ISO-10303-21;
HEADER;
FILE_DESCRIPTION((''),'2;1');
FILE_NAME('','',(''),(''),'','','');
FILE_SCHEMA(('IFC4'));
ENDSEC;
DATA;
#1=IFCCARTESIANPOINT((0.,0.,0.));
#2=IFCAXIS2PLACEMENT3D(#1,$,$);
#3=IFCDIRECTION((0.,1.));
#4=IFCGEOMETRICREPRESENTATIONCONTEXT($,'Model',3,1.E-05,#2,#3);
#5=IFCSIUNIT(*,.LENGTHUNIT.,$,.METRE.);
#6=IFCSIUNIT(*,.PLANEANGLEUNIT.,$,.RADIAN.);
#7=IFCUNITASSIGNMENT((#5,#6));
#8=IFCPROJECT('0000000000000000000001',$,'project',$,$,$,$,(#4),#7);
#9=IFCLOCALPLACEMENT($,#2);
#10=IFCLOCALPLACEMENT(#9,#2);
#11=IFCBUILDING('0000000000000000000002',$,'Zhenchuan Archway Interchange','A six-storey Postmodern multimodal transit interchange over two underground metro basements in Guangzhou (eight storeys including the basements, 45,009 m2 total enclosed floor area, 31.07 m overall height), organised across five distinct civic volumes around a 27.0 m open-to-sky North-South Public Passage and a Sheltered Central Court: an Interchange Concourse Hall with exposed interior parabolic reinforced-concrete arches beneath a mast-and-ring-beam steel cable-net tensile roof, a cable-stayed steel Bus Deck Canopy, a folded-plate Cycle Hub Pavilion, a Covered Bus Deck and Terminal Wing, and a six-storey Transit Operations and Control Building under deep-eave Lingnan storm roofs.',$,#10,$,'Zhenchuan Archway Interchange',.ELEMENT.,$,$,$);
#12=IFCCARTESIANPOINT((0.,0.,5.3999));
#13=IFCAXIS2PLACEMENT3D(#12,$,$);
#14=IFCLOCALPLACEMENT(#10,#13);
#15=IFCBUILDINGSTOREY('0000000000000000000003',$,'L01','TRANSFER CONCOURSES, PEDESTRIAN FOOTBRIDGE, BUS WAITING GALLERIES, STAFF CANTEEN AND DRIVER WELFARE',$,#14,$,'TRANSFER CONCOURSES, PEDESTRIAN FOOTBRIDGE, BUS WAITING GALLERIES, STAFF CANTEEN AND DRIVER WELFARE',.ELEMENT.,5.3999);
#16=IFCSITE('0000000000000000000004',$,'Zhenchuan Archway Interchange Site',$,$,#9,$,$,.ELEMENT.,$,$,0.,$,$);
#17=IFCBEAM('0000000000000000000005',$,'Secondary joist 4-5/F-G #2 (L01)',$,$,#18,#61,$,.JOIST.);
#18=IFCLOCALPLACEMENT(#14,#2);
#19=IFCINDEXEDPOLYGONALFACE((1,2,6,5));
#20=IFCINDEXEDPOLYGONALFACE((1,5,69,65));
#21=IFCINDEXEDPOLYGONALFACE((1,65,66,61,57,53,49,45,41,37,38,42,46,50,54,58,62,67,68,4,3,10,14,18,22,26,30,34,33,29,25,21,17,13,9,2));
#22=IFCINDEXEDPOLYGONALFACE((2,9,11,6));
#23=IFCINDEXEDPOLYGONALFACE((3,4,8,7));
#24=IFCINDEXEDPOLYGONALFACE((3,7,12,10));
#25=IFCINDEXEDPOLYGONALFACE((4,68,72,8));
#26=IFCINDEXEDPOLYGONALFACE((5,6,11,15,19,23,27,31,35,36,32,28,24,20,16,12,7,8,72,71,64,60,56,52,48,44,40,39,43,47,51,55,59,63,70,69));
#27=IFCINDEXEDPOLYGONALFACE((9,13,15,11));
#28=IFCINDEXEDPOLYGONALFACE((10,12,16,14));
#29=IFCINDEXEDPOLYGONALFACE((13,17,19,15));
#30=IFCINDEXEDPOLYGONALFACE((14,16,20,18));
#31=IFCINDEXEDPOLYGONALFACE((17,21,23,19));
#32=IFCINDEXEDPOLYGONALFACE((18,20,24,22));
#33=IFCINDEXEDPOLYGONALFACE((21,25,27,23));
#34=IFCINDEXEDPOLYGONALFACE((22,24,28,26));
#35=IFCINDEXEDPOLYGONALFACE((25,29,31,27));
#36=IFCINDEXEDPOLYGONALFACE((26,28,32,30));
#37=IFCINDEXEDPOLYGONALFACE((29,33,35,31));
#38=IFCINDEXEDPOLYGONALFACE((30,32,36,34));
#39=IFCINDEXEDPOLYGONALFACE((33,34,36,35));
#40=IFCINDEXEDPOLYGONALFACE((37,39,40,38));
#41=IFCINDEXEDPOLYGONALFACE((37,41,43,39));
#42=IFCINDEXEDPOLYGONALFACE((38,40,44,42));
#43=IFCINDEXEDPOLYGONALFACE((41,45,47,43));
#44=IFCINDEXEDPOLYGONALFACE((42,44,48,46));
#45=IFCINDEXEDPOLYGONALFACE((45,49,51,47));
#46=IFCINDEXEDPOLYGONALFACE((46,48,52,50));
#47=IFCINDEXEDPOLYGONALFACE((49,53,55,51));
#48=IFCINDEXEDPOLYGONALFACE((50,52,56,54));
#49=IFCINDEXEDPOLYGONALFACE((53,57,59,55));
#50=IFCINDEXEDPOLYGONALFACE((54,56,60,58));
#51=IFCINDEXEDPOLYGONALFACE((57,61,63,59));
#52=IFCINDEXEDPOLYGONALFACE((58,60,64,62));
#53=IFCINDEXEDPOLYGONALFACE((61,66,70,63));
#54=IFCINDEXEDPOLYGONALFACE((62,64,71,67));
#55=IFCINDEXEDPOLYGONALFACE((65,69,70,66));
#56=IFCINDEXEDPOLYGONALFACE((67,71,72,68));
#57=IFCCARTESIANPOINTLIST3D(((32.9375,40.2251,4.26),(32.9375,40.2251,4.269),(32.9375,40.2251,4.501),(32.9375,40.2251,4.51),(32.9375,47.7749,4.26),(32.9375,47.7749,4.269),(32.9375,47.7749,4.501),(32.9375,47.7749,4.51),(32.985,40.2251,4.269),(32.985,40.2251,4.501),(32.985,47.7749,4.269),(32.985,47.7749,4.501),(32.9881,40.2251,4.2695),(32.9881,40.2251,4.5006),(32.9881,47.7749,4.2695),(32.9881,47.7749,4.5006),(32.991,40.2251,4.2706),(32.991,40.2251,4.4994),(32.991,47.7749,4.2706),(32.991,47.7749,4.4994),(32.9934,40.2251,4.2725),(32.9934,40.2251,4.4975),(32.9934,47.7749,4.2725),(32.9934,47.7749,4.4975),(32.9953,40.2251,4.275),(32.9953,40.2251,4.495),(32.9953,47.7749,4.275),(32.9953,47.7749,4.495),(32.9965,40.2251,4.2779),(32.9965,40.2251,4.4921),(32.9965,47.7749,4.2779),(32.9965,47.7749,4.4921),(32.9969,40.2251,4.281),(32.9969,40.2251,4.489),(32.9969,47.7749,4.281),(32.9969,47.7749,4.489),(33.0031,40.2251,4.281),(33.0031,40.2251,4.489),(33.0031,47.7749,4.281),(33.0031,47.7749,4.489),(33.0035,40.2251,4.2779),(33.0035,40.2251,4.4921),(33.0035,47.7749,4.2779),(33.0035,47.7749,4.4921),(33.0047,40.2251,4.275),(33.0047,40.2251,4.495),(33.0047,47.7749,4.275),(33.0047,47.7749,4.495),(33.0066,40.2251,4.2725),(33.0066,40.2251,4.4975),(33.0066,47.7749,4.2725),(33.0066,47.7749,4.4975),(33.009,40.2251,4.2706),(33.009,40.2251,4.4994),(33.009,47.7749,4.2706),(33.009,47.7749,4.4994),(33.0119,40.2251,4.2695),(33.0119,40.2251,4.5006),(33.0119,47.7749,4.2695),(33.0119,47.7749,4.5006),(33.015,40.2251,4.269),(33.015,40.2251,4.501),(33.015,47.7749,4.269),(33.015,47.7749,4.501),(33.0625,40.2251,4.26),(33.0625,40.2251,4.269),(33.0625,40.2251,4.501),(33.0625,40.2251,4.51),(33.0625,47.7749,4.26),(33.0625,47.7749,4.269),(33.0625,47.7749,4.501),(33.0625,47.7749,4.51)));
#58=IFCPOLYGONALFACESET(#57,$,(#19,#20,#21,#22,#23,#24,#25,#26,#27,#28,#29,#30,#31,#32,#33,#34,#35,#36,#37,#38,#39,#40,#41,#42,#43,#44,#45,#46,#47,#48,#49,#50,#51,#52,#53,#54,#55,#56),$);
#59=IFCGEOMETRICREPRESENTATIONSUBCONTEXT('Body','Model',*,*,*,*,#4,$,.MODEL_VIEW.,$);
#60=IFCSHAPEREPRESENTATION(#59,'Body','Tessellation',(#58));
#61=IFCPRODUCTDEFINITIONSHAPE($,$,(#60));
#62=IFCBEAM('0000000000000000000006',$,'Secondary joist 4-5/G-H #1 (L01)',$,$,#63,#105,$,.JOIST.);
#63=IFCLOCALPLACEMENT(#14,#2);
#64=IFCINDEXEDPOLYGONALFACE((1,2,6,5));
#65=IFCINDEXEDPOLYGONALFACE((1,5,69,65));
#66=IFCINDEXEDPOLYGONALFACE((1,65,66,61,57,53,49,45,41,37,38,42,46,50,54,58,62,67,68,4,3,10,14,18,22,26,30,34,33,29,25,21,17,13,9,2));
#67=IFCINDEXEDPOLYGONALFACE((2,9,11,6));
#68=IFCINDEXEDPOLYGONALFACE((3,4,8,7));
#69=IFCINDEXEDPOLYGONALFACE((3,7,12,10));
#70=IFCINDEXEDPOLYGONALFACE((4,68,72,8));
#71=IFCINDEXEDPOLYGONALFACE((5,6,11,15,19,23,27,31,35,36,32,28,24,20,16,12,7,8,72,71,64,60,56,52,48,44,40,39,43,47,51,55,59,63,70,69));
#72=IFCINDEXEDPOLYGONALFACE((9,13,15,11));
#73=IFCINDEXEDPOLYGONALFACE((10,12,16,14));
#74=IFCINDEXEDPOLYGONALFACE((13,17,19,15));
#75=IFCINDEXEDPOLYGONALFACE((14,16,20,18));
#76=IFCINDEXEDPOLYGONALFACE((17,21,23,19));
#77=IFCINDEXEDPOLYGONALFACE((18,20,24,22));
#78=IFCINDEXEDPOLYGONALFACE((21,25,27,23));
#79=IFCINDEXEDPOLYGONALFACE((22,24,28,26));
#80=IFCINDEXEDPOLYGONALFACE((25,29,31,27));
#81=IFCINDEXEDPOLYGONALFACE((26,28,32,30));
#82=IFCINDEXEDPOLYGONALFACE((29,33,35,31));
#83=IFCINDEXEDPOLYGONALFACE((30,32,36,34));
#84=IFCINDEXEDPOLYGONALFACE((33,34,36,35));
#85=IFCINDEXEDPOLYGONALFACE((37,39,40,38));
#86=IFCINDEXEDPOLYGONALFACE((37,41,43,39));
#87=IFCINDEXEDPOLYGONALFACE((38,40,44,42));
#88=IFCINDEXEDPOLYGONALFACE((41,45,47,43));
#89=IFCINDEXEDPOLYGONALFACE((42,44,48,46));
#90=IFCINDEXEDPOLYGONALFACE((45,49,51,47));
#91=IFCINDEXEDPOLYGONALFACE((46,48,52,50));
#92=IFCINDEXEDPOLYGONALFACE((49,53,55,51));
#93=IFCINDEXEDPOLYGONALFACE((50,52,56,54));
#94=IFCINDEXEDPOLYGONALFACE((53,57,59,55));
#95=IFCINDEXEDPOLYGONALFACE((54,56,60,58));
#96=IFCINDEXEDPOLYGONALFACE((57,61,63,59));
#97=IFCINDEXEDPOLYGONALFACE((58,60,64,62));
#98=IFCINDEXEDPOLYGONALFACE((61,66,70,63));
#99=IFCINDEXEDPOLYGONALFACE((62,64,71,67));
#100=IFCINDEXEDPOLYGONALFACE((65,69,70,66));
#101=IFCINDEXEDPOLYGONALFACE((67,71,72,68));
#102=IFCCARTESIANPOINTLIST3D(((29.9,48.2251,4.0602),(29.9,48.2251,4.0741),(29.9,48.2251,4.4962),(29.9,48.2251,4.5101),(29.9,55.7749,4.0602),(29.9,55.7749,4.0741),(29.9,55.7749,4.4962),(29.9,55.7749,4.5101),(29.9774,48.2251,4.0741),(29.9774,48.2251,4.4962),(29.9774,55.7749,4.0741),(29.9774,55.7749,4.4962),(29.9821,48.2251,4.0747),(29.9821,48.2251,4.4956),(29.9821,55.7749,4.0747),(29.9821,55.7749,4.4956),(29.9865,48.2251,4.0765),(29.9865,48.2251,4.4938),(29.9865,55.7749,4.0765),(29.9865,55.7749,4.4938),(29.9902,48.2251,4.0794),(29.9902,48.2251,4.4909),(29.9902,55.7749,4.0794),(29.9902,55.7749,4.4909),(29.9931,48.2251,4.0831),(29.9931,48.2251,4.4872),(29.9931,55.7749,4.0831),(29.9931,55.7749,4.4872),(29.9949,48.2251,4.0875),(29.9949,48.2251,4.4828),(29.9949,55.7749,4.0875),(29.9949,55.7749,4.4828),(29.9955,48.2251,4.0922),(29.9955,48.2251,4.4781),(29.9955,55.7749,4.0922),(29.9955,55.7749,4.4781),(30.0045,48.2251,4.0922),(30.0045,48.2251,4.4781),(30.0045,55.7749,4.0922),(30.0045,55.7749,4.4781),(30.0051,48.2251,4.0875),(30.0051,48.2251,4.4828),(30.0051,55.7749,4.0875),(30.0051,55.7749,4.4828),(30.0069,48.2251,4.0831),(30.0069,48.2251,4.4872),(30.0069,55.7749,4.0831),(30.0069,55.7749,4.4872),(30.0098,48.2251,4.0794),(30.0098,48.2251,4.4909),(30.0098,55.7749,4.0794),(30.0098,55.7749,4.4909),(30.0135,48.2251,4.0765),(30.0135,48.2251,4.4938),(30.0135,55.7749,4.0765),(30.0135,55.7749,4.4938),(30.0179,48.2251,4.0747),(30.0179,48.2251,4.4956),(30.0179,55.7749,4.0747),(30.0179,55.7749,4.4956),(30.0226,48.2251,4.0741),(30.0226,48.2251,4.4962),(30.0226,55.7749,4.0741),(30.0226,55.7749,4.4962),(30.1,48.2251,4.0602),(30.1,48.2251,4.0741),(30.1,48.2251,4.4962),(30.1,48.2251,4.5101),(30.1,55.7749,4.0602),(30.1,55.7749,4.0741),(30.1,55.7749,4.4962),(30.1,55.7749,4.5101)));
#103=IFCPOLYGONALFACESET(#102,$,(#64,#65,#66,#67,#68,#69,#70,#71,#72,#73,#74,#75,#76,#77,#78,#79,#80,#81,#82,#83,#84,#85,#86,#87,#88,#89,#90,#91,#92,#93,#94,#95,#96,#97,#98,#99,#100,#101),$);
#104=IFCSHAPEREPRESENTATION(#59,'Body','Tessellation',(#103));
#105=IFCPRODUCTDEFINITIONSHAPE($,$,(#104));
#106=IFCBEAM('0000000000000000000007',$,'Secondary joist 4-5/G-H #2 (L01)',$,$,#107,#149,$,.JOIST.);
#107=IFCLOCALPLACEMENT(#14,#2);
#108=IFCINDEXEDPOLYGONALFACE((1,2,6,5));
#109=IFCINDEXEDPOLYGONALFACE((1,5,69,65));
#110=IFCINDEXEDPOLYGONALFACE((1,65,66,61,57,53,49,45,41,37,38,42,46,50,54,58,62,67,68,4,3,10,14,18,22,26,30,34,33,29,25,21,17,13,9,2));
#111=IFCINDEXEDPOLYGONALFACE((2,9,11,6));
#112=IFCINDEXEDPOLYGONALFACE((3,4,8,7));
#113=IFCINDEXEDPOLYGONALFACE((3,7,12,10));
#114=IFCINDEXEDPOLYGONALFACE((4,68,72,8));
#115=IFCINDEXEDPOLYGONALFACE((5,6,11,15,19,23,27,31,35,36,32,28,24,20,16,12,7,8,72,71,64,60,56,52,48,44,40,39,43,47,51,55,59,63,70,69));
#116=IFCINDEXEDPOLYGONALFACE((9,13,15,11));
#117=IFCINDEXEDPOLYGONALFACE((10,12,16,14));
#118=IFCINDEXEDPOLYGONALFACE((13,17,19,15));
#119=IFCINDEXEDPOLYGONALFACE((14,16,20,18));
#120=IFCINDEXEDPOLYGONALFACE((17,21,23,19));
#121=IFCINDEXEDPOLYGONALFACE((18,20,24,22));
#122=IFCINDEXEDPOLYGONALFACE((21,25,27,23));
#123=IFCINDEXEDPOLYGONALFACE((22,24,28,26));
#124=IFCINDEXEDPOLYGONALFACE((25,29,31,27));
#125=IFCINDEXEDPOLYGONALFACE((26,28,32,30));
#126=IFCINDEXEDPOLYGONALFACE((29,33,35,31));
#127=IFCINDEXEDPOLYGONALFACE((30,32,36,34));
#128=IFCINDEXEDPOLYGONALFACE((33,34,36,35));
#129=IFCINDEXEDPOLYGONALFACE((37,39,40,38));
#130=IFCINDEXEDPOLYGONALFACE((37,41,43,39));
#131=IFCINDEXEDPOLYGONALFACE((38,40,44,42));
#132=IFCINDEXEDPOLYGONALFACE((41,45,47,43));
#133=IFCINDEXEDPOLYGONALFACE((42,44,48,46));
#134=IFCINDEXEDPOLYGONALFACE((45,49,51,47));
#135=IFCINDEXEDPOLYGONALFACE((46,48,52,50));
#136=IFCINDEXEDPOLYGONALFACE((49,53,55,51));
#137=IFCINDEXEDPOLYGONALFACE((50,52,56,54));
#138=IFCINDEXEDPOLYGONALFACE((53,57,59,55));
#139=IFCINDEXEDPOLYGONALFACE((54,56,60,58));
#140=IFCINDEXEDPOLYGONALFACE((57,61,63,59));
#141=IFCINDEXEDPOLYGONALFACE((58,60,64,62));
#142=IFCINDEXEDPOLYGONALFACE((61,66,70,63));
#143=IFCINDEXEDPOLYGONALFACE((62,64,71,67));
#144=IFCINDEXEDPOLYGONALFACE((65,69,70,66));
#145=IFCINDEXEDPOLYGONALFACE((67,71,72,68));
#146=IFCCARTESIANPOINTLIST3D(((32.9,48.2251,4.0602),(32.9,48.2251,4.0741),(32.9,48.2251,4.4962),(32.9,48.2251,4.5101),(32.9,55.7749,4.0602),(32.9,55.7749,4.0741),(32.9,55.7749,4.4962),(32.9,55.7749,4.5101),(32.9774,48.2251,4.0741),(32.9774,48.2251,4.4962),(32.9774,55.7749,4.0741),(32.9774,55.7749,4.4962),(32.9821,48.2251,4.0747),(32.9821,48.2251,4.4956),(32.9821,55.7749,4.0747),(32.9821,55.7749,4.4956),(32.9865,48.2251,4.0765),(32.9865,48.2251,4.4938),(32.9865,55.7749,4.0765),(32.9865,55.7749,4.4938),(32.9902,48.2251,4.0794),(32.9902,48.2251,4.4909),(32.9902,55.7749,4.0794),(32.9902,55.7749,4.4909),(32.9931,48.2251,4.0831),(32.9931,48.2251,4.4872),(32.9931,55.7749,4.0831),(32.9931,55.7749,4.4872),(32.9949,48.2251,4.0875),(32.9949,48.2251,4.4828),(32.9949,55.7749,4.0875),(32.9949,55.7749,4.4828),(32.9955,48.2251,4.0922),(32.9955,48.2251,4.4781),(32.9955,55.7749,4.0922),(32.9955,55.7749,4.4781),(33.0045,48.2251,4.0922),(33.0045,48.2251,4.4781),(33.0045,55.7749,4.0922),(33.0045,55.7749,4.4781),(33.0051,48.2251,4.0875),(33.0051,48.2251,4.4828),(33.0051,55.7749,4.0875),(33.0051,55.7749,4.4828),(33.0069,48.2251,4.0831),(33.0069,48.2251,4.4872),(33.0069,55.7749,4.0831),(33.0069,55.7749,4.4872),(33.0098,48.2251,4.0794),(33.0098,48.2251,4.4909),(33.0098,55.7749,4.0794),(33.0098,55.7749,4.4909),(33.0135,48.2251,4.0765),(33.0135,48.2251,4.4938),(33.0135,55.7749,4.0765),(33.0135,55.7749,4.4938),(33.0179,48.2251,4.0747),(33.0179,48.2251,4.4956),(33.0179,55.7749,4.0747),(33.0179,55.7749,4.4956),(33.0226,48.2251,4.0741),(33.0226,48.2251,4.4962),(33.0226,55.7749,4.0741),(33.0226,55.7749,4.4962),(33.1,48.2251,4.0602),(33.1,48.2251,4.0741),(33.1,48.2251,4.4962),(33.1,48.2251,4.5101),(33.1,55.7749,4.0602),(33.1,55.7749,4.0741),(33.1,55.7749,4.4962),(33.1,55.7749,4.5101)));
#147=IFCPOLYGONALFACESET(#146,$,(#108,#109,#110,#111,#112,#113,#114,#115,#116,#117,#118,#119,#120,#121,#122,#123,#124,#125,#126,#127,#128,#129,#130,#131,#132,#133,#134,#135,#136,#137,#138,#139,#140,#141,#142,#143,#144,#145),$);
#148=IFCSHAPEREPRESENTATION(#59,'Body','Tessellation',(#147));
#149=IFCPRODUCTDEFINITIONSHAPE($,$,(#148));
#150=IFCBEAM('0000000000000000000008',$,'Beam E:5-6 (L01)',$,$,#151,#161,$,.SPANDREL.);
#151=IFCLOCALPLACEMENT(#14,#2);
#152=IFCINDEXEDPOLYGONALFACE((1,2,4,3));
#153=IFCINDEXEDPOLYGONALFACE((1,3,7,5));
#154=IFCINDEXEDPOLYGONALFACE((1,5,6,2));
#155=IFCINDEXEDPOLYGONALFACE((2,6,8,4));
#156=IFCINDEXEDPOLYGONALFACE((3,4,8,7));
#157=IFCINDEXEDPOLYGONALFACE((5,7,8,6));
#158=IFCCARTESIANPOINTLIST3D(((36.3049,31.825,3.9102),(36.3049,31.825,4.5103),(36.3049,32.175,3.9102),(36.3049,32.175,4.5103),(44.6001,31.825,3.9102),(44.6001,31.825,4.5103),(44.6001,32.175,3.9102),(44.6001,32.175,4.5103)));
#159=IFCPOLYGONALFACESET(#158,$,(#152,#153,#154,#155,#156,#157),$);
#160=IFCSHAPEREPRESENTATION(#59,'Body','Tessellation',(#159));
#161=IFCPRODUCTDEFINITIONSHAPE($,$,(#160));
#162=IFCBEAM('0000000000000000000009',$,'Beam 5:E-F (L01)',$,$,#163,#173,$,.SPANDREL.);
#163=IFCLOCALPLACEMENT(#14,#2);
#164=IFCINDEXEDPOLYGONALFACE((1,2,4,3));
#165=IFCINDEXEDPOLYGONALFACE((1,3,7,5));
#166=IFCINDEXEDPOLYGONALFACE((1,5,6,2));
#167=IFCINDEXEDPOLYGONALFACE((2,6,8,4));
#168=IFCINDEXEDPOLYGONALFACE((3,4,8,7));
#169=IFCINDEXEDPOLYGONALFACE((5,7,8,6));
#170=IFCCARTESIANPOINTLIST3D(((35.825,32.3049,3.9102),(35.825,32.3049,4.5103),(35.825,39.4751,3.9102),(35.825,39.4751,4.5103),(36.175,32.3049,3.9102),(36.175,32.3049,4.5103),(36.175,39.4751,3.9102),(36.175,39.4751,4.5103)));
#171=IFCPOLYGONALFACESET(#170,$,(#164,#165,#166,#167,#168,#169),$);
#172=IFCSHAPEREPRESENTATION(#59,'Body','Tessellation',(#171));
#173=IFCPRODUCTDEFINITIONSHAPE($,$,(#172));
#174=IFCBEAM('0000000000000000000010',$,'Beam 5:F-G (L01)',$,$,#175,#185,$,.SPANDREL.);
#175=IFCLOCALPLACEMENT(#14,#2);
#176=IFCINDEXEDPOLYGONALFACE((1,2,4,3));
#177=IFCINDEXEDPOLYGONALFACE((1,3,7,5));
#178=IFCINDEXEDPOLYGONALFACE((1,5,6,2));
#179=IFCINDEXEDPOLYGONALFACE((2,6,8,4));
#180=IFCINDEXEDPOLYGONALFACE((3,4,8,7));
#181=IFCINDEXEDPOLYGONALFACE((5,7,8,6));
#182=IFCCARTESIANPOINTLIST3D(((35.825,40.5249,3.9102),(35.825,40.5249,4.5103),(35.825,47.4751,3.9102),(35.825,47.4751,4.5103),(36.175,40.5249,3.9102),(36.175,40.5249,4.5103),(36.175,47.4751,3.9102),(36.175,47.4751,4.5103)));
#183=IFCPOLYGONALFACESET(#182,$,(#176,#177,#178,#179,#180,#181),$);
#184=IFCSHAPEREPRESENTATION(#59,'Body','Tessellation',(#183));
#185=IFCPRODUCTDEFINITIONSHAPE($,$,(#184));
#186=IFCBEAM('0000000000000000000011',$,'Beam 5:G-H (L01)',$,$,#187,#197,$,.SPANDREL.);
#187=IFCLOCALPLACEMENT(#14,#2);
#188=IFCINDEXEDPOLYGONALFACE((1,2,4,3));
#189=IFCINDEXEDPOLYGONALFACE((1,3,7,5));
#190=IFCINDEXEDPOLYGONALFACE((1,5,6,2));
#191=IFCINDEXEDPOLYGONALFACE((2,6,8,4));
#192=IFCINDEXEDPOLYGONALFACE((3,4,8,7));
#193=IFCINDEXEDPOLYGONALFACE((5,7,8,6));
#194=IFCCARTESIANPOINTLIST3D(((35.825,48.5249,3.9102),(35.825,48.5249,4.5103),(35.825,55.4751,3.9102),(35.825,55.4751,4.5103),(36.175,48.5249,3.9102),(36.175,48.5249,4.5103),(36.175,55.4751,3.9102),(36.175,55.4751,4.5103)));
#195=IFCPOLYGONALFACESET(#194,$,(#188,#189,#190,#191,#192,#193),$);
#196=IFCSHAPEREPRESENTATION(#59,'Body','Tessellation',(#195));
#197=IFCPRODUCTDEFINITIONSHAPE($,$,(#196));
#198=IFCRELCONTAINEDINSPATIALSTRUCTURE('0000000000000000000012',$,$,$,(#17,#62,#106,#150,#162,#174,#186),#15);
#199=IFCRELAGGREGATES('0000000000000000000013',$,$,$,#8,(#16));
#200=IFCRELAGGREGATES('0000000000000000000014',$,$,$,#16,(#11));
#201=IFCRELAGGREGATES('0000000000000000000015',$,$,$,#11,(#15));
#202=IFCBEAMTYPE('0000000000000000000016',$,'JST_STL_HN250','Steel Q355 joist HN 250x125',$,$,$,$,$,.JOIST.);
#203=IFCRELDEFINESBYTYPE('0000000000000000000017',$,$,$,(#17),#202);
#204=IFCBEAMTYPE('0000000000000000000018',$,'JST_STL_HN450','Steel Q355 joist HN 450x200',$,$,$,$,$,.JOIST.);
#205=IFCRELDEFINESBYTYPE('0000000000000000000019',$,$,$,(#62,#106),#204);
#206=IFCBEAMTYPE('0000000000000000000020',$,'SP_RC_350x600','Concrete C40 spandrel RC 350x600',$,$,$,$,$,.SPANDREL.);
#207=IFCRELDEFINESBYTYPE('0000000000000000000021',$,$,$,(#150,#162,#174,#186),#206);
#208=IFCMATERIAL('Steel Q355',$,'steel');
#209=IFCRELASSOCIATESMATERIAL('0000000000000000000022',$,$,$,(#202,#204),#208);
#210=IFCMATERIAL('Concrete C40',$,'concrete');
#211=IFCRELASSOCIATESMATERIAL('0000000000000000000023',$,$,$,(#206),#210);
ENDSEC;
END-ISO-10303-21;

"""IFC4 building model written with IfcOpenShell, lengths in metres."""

from ifc_helpers import new_model, si_unit, direction, frame, origin, origin_2d, place, context, subcontext, project, spatial, rectangle, i_section, extrude, material, material_profile, profile_set, type_object, element, save


model = new_model("IFC4")

# Units and contexts
model_context = context("Model", 3, precision=1e-05, world=origin(), true_north=direction((0.0, 1.0)))
body_context = subcontext(model_context, "Body", "Model", "MODEL_VIEW")
ifc_project = project(units=[si_unit("LENGTHUNIT", "METRE"), si_unit("PLANEANGLEUNIT", "RADIAN")], contexts=[model_context])

# Site, building, storey
site_placement = place(None, origin())
site = spatial("IfcSite", under=ifc_project, at=site_placement, Name="Zhenchuan Archway Interchange Site", CompositionType="ELEMENT", RefElevation=0.0)
building_placement = place(site_placement, origin())
building = spatial("IfcBuilding", under=site, at=building_placement, Name="Zhenchuan Archway Interchange", Description="A six-storey Postmodern multimodal transit interchange over two underground metro basements in Guangzhou (eight storeys including the basements, 45,009 m2 total enclosed floor area, 31.07 m overall height), organised across five distinct civic volumes around a 27.0 m open-to-sky North-South Public Passage and a Sheltered Central Court: an Interchange Concourse Hall with exposed interior parabolic reinforced-concrete arches beneath a mast-and-ring-beam steel cable-net tensile roof, a cable-stayed steel Bus Deck Canopy, a folded-plate Cycle Hub Pavilion, a Covered Bus Deck and Terminal Wing, and a six-storey Transit Operations and Control Building under deep-eave Lingnan storm roofs.", LongName="Zhenchuan Archway Interchange", CompositionType="ELEMENT")
storey_placement = place(building_placement, frame((0.0, 0.0, 5.3999)))
storey = spatial("IfcBuildingStorey", under=building, at=storey_placement, Name="L01", Description="TRANSFER CONCOURSES, PEDESTRIAN FOOTBRIDGE, BUS WAITING GALLERIES, STAFF CANTEEN AND DRIVER WELFARE", LongName="TRANSFER CONCOURSES, PEDESTRIAN FOOTBRIDGE, BUS WAITING GALLERIES, STAFF CANTEEN AND DRIVER WELFARE", CompositionType="ELEMENT", Elevation=5.3999)

# Shared definitions
ifc_material_1 = material(Name="Concrete C40", Category="concrete")

# Beams
ifc_material_2 = material(Name="Steel Q355", Category="steel")
ifc_material_profile_1 = material_profile(ifc_material_2, i_section(OverallWidth=0.125, OverallDepth=0.25, WebThickness=0.0061, FlangeThickness=0.009, FilletRadius=0.012, at=origin_2d()), Name="HN 250x125")
ifc_profile_set_1 = profile_set([ifc_material_profile_1], Name="Steel Q355")
beam_type_1 = type_object("IfcBeamType", Name="JST_STL_HN250", Description="Steel Q355 joist HN 250x125", PredefinedType="JOIST", material=ifc_profile_set_1)
for number, where, z_axis, x_axis, name in (
    (1, (33.0, 40.2251, 4.385), (0.0, 1.0, 0.0), (-1.0, 0.0, 0.0), "Secondary joist 4-5/F-G #2 (L01)"),
):
    element("IfcBeam", number, at=place(storey_placement, frame(where, z_axis=z_axis, x_axis=x_axis)), inside=storey, type_object=beam_type_1, Name=name, PredefinedType="JOIST", context=body_context, shape_type="SweptSolid", body=[
        extrude(i_section(OverallWidth=0.125, OverallDepth=0.25, WebThickness=0.0061, FlangeThickness=0.009, FilletRadius=0.012, at=origin_2d()), origin(), (0.0, 0.0, 1.0), 7.5498),
    ])
ifc_material_profile_2 = material_profile(ifc_material_2, i_section(OverallWidth=0.2, OverallDepth=0.45, WebThickness=0.009, FlangeThickness=0.0139, FilletRadius=0.0181, at=origin_2d()), Name="HN 450x200")
ifc_profile_set_2 = profile_set([ifc_material_profile_2], Name="Steel Q355")
beam_type_2 = type_object("IfcBeamType", Name="JST_STL_HN450", Description="Steel Q355 joist HN 450x200", PredefinedType="JOIST", material=ifc_profile_set_2)
for number, where, z_axis, x_axis, name in (
    (2, (30.0, 48.2251, 4.2852), (0.0, 1.0, 0.0), (-1.0, 0.0, 0.0), "Secondary joist 4-5/G-H #1 (L01)"),
    (3, (33.0, 48.2251, 4.2852), (0.0, 1.0, 0.0), (-1.0, 0.0, 0.0), "Secondary joist 4-5/G-H #2 (L01)"),
):
    element("IfcBeam", number, at=place(storey_placement, frame(where, z_axis=z_axis, x_axis=x_axis)), inside=storey, type_object=beam_type_2, Name=name, PredefinedType="JOIST", context=body_context, shape_type="SweptSolid", body=[
        extrude(i_section(OverallWidth=0.2, OverallDepth=0.45, WebThickness=0.009, FlangeThickness=0.0139, FilletRadius=0.0181, at=origin_2d()), origin(), (0.0, 0.0, 1.0), 7.5498),
    ])
ifc_material_profile_3 = material_profile(ifc_material_1, rectangle(XDim=0.3501, YDim=0.6001, at=origin_2d()), Name="RC 350x600")
ifc_profile_set_3 = profile_set([ifc_material_profile_3], Name="Concrete C40")
beam_type_3 = type_object("IfcBeamType", Name="SP_RC_350x600", Description="Concrete C40 spandrel RC 350x600", PredefinedType="SPANDREL", material=ifc_profile_set_3)
beam_1_placement = place(storey_placement, frame((36.3049, 32.0, 4.2102), z_axis=(1.0, 0.0, 0.0), x_axis=(0.0, 1.0, 0.0)))
element("IfcBeam", 4, at=beam_1_placement, inside=storey, type_object=beam_type_3, Name="Beam E:5-6 (L01)", PredefinedType="SPANDREL", context=body_context, shape_type="SweptSolid", body=[
    extrude(rectangle(XDim=0.3501, YDim=0.6001, at=origin_2d()), origin(), (0.0, 0.0, 1.0), 8.2952),
])
beam_2_placement = place(storey_placement, frame((36.0, 32.3049, 4.2102), z_axis=(0.0, 1.0, 0.0), x_axis=(-1.0, 0.0, 0.0)))
element("IfcBeam", 5, at=beam_2_placement, inside=storey, type_object=beam_type_3, Name="Beam 5:E-F (L01)", PredefinedType="SPANDREL", context=body_context, shape_type="SweptSolid", body=[
    extrude(rectangle(XDim=0.3501, YDim=0.6001, at=origin_2d()), origin(), (0.0, 0.0, 1.0), 7.1702),
])
for number, where, z_axis, x_axis, name in (
    (6, (36.0, 40.5249, 4.2102), (0.0, 1.0, 0.0), (-1.0, 0.0, 0.0), "Beam 5:F-G (L01)"),
    (7, (36.0, 48.5249, 4.2102), (0.0, 1.0, 0.0), (-1.0, 0.0, 0.0), "Beam 5:G-H (L01)"),
):
    element("IfcBeam", number, at=place(storey_placement, frame(where, z_axis=z_axis, x_axis=x_axis)), inside=storey, type_object=beam_type_3, Name=name, PredefinedType="SPANDREL", context=body_context, shape_type="SweptSolid", body=[
        extrude(rectangle(XDim=0.3501, YDim=0.6001, at=origin_2d()), origin(), (0.0, 0.0, 1.0), 6.9502),
    ])

save(model, "model.ifc")
